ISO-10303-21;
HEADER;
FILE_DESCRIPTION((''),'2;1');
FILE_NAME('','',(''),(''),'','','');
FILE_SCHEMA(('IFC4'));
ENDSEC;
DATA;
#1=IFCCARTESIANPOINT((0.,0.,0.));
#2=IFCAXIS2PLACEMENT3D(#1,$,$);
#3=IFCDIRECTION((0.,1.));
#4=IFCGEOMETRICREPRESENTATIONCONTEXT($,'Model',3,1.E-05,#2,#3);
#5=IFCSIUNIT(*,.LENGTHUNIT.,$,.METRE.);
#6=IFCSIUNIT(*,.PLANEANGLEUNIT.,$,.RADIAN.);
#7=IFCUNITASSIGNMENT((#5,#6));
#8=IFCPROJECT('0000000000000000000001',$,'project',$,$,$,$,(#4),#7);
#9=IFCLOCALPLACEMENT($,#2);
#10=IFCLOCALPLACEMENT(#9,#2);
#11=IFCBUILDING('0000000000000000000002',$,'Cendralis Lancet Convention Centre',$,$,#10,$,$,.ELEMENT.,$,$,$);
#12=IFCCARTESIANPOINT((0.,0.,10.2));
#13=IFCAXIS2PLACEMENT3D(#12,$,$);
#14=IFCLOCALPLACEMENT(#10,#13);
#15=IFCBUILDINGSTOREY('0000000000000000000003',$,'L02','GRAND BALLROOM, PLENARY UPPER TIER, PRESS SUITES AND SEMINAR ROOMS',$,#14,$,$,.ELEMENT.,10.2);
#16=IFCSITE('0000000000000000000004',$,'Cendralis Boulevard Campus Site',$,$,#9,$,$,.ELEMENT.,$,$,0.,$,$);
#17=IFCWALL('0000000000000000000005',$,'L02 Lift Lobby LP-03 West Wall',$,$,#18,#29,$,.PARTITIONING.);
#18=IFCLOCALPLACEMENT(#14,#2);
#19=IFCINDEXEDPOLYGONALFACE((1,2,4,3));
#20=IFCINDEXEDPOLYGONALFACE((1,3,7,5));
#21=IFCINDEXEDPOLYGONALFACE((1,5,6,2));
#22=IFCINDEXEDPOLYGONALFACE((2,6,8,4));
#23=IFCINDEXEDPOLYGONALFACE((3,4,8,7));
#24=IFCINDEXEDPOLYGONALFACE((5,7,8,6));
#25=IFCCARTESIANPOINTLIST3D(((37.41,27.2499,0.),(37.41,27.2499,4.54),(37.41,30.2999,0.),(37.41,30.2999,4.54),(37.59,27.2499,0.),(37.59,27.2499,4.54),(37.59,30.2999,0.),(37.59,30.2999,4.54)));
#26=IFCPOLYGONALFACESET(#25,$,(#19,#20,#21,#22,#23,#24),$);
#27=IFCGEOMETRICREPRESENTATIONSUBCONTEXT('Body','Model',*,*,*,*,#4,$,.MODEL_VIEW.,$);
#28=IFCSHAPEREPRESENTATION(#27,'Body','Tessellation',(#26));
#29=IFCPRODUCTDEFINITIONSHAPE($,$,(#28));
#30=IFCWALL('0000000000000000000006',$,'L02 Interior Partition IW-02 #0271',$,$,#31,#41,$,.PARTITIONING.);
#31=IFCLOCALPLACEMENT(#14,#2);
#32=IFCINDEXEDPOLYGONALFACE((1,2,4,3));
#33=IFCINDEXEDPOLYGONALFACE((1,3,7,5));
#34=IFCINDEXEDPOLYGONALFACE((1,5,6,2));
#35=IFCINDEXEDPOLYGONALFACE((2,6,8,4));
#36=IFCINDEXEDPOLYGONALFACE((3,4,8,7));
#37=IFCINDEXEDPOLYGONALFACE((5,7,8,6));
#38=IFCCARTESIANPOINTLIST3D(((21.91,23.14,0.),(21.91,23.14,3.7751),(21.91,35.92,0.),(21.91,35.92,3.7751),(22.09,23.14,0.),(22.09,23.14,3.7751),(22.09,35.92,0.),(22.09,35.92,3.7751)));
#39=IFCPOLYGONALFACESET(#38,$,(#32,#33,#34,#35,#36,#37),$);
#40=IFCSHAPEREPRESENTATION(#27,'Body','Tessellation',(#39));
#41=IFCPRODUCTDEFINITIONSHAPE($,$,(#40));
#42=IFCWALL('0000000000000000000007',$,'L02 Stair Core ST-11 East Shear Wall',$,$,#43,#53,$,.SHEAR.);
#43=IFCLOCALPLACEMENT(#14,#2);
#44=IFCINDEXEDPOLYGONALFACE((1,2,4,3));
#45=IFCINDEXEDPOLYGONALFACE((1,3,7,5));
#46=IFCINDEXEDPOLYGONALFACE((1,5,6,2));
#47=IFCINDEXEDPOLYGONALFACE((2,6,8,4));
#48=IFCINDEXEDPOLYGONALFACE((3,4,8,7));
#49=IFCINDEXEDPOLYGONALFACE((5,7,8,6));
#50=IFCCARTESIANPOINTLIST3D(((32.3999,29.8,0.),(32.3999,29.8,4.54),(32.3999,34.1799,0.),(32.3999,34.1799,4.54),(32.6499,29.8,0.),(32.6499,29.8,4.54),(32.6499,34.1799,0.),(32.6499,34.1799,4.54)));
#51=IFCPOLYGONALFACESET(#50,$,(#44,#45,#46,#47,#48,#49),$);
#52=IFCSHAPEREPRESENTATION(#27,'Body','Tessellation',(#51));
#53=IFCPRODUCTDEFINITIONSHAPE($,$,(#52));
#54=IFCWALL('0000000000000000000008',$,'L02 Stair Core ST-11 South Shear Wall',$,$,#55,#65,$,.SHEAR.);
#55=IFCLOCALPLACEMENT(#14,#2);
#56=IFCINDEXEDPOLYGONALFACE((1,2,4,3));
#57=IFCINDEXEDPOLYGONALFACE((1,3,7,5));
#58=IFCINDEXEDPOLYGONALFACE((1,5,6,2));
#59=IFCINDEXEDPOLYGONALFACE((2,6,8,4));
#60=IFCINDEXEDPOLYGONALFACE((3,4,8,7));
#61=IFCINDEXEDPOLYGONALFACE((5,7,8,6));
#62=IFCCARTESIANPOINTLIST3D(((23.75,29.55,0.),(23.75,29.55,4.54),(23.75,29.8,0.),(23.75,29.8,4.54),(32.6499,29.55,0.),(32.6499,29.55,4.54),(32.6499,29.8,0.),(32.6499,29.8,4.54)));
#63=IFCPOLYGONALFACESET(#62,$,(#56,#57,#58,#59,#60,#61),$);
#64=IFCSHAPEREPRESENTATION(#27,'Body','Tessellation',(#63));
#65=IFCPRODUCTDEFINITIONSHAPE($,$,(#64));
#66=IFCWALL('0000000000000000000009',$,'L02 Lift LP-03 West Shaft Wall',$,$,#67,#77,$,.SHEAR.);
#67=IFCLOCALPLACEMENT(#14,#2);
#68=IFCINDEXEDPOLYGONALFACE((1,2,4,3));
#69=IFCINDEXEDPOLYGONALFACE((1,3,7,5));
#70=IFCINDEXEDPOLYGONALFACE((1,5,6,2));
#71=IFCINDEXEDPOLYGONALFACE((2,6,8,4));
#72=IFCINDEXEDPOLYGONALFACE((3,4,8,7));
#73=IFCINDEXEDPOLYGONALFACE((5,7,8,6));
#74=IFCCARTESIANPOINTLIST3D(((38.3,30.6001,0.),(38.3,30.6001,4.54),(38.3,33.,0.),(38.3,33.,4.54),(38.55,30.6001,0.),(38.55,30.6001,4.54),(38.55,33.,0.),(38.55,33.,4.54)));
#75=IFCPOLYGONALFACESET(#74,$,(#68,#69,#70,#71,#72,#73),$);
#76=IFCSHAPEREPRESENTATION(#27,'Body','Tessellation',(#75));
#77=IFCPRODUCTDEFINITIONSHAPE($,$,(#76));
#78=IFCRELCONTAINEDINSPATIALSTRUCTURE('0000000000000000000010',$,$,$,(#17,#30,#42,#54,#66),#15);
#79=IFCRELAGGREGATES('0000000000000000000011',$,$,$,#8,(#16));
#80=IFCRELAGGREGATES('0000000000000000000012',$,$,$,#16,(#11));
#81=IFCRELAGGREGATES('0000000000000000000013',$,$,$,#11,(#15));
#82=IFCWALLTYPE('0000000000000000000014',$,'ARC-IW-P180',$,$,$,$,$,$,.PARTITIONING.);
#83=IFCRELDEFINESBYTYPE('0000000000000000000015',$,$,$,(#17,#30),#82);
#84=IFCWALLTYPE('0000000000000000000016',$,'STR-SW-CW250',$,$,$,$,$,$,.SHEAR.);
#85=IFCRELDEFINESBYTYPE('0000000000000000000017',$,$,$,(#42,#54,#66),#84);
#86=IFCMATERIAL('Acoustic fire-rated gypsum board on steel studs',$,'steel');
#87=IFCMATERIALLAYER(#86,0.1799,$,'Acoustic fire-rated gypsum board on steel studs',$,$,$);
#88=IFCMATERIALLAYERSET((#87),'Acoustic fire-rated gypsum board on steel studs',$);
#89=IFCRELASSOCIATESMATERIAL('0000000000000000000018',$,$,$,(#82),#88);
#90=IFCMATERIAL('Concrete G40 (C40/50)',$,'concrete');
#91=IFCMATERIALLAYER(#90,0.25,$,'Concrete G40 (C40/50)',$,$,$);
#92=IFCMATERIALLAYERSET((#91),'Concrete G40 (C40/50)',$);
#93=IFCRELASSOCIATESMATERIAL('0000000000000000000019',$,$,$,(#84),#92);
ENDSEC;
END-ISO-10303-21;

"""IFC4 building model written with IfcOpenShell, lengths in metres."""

from ifc_helpers import new_model, si_unit, direction, frame, frame_2d, origin, place, context, subcontext, project, spatial, rectangle, extrude, material, layer, layer_set, type_object, element, save


model = new_model("IFC4")

# Units and contexts
model_context = context("Model", 3, precision=1e-05, world=origin(), true_north=direction((0.0, 1.0)))
body_context = subcontext(model_context, "Body", "Model", "MODEL_VIEW")
ifc_project = project(units=[si_unit("LENGTHUNIT", "METRE"), si_unit("PLANEANGLEUNIT", "RADIAN")], contexts=[model_context])

# Site, building, storey
site_placement = place(None, origin())
site = spatial("IfcSite", under=ifc_project, at=site_placement, Name="Cendralis Boulevard Campus Site", CompositionType="ELEMENT", RefElevation=0.0)
building_placement = place(site_placement, origin())
building = spatial("IfcBuilding", under=site, at=building_placement, Name="Cendralis Lancet Convention Centre", CompositionType="ELEMENT")
storey_placement = place(building_placement, frame((0.0, 0.0, 10.2)))
storey = spatial("IfcBuildingStorey", under=building, at=storey_placement, Name="L02", Description="GRAND BALLROOM, PLENARY UPPER TIER, PRESS SUITES AND SEMINAR ROOMS", CompositionType="ELEMENT", Elevation=10.2)

# Shared definitions
ifc_material_1 = material(Name="Concrete G40 (C40/50)", Category="concrete")

# Shared definitions
ifc_material_2 = material(Name="Acoustic fire-rated gypsum board on steel studs", Category="steel")

# Walls
ifc_layer_1 = layer(ifc_material_2, 0.1799, Name="Acoustic fire-rated gypsum board on steel studs")
ifc_layer_set_1 = layer_set([ifc_layer_1], Name="Acoustic fire-rated gypsum board on steel studs")
wall_type_1 = type_object("IfcWallType", Name="ARC-IW-P180", PredefinedType="PARTITIONING", material=ifc_layer_set_1)
wall_1_placement = place(storey_placement, frame((37.5, 27.25, 0.0), z_axis=(0.0, 0.0, 1.0), x_axis=(0.0, 1.0, 0.0)))
element("IfcWall", 1, at=wall_1_placement, inside=storey, type_object=wall_type_1, Name="L02 Lift Lobby LP-03 West Wall", PredefinedType="PARTITIONING", context=body_context, shape_type="SweptSolid", body=[
    extrude(rectangle(XDim=3.05, YDim=0.1799, at=frame_2d((1.5249, 0.0))), origin(), (0.0, 0.0, 1.0), 4.54),
])
wall_2_placement = place(storey_placement, frame((22.0, 23.1399, 0.0), z_axis=(0.0, 0.0, 1.0), x_axis=(0.0, 1.0, 0.0)))
element("IfcWall", 2, at=wall_2_placement, inside=storey, type_object=wall_type_1, Name="L02 Interior Partition IW-02 #0271", PredefinedType="PARTITIONING", context=body_context, shape_type="SweptSolid", body=[
    extrude(rectangle(XDim=12.78, YDim=0.1799, at=frame_2d((6.3901, 0.0))), origin(), (0.0, 0.0, 1.0), 3.7751),
])

# Shared definitions
ifc_layer_2 = layer(ifc_material_1, 0.25, Name="Concrete G40 (C40/50)")
ifc_layer_set_2 = layer_set([ifc_layer_2], Name="Concrete G40 (C40/50)")
wall_type_2 = type_object("IfcWallType", Name="STR-SW-CW250", PredefinedType="SHEAR", material=ifc_layer_set_2)

# Walls
wall_3_placement = place(storey_placement, frame((32.5249, 29.8, 0.0), z_axis=(0.0, 0.0, 1.0), x_axis=(0.0, 1.0, 0.0)))
element("IfcWall", 3, at=wall_3_placement, inside=storey, type_object=wall_type_2, Name="L02 Stair Core ST-11 East Shear Wall", PredefinedType="SHEAR", context=body_context, shape_type="SweptSolid", body=[
    extrude(rectangle(XDim=4.3799, YDim=0.25, at=frame_2d((2.1899, 0.0))), origin(), (0.0, 0.0, 1.0), 4.54),
])
wall_4_placement = place(storey_placement, frame((23.75, 29.675, 0.0), z_axis=(0.0, 0.0, 1.0), x_axis=(1.0, 0.0, 0.0)))
element("IfcWall", 4, at=wall_4_placement, inside=storey, type_object=wall_type_2, Name="L02 Stair Core ST-11 South Shear Wall", PredefinedType="SHEAR", context=body_context, shape_type="SweptSolid", body=[
    extrude(rectangle(XDim=8.8999, YDim=0.25, at=frame_2d((4.45, 0.0))), origin(), (0.0, 0.0, 1.0), 4.54),
])

# Wall
wall_5_placement = place(storey_placement, frame((38.425, 30.6001, 0.0), z_axis=(0.0, 0.0, 1.0), x_axis=(0.0, 1.0, 0.0)))
element("IfcWall", 5, at=wall_5_placement, inside=storey, type_object=wall_type_2, Name="L02 Lift LP-03 West Shaft Wall", PredefinedType="SHEAR", context=body_context, shape_type="SweptSolid", body=[
    extrude(rectangle(XDim=2.3999, YDim=0.25, at=frame_2d((1.2, 0.0))), origin(), (0.0, 0.0, 1.0), 4.54),
])

save(model, "model.ifc")
